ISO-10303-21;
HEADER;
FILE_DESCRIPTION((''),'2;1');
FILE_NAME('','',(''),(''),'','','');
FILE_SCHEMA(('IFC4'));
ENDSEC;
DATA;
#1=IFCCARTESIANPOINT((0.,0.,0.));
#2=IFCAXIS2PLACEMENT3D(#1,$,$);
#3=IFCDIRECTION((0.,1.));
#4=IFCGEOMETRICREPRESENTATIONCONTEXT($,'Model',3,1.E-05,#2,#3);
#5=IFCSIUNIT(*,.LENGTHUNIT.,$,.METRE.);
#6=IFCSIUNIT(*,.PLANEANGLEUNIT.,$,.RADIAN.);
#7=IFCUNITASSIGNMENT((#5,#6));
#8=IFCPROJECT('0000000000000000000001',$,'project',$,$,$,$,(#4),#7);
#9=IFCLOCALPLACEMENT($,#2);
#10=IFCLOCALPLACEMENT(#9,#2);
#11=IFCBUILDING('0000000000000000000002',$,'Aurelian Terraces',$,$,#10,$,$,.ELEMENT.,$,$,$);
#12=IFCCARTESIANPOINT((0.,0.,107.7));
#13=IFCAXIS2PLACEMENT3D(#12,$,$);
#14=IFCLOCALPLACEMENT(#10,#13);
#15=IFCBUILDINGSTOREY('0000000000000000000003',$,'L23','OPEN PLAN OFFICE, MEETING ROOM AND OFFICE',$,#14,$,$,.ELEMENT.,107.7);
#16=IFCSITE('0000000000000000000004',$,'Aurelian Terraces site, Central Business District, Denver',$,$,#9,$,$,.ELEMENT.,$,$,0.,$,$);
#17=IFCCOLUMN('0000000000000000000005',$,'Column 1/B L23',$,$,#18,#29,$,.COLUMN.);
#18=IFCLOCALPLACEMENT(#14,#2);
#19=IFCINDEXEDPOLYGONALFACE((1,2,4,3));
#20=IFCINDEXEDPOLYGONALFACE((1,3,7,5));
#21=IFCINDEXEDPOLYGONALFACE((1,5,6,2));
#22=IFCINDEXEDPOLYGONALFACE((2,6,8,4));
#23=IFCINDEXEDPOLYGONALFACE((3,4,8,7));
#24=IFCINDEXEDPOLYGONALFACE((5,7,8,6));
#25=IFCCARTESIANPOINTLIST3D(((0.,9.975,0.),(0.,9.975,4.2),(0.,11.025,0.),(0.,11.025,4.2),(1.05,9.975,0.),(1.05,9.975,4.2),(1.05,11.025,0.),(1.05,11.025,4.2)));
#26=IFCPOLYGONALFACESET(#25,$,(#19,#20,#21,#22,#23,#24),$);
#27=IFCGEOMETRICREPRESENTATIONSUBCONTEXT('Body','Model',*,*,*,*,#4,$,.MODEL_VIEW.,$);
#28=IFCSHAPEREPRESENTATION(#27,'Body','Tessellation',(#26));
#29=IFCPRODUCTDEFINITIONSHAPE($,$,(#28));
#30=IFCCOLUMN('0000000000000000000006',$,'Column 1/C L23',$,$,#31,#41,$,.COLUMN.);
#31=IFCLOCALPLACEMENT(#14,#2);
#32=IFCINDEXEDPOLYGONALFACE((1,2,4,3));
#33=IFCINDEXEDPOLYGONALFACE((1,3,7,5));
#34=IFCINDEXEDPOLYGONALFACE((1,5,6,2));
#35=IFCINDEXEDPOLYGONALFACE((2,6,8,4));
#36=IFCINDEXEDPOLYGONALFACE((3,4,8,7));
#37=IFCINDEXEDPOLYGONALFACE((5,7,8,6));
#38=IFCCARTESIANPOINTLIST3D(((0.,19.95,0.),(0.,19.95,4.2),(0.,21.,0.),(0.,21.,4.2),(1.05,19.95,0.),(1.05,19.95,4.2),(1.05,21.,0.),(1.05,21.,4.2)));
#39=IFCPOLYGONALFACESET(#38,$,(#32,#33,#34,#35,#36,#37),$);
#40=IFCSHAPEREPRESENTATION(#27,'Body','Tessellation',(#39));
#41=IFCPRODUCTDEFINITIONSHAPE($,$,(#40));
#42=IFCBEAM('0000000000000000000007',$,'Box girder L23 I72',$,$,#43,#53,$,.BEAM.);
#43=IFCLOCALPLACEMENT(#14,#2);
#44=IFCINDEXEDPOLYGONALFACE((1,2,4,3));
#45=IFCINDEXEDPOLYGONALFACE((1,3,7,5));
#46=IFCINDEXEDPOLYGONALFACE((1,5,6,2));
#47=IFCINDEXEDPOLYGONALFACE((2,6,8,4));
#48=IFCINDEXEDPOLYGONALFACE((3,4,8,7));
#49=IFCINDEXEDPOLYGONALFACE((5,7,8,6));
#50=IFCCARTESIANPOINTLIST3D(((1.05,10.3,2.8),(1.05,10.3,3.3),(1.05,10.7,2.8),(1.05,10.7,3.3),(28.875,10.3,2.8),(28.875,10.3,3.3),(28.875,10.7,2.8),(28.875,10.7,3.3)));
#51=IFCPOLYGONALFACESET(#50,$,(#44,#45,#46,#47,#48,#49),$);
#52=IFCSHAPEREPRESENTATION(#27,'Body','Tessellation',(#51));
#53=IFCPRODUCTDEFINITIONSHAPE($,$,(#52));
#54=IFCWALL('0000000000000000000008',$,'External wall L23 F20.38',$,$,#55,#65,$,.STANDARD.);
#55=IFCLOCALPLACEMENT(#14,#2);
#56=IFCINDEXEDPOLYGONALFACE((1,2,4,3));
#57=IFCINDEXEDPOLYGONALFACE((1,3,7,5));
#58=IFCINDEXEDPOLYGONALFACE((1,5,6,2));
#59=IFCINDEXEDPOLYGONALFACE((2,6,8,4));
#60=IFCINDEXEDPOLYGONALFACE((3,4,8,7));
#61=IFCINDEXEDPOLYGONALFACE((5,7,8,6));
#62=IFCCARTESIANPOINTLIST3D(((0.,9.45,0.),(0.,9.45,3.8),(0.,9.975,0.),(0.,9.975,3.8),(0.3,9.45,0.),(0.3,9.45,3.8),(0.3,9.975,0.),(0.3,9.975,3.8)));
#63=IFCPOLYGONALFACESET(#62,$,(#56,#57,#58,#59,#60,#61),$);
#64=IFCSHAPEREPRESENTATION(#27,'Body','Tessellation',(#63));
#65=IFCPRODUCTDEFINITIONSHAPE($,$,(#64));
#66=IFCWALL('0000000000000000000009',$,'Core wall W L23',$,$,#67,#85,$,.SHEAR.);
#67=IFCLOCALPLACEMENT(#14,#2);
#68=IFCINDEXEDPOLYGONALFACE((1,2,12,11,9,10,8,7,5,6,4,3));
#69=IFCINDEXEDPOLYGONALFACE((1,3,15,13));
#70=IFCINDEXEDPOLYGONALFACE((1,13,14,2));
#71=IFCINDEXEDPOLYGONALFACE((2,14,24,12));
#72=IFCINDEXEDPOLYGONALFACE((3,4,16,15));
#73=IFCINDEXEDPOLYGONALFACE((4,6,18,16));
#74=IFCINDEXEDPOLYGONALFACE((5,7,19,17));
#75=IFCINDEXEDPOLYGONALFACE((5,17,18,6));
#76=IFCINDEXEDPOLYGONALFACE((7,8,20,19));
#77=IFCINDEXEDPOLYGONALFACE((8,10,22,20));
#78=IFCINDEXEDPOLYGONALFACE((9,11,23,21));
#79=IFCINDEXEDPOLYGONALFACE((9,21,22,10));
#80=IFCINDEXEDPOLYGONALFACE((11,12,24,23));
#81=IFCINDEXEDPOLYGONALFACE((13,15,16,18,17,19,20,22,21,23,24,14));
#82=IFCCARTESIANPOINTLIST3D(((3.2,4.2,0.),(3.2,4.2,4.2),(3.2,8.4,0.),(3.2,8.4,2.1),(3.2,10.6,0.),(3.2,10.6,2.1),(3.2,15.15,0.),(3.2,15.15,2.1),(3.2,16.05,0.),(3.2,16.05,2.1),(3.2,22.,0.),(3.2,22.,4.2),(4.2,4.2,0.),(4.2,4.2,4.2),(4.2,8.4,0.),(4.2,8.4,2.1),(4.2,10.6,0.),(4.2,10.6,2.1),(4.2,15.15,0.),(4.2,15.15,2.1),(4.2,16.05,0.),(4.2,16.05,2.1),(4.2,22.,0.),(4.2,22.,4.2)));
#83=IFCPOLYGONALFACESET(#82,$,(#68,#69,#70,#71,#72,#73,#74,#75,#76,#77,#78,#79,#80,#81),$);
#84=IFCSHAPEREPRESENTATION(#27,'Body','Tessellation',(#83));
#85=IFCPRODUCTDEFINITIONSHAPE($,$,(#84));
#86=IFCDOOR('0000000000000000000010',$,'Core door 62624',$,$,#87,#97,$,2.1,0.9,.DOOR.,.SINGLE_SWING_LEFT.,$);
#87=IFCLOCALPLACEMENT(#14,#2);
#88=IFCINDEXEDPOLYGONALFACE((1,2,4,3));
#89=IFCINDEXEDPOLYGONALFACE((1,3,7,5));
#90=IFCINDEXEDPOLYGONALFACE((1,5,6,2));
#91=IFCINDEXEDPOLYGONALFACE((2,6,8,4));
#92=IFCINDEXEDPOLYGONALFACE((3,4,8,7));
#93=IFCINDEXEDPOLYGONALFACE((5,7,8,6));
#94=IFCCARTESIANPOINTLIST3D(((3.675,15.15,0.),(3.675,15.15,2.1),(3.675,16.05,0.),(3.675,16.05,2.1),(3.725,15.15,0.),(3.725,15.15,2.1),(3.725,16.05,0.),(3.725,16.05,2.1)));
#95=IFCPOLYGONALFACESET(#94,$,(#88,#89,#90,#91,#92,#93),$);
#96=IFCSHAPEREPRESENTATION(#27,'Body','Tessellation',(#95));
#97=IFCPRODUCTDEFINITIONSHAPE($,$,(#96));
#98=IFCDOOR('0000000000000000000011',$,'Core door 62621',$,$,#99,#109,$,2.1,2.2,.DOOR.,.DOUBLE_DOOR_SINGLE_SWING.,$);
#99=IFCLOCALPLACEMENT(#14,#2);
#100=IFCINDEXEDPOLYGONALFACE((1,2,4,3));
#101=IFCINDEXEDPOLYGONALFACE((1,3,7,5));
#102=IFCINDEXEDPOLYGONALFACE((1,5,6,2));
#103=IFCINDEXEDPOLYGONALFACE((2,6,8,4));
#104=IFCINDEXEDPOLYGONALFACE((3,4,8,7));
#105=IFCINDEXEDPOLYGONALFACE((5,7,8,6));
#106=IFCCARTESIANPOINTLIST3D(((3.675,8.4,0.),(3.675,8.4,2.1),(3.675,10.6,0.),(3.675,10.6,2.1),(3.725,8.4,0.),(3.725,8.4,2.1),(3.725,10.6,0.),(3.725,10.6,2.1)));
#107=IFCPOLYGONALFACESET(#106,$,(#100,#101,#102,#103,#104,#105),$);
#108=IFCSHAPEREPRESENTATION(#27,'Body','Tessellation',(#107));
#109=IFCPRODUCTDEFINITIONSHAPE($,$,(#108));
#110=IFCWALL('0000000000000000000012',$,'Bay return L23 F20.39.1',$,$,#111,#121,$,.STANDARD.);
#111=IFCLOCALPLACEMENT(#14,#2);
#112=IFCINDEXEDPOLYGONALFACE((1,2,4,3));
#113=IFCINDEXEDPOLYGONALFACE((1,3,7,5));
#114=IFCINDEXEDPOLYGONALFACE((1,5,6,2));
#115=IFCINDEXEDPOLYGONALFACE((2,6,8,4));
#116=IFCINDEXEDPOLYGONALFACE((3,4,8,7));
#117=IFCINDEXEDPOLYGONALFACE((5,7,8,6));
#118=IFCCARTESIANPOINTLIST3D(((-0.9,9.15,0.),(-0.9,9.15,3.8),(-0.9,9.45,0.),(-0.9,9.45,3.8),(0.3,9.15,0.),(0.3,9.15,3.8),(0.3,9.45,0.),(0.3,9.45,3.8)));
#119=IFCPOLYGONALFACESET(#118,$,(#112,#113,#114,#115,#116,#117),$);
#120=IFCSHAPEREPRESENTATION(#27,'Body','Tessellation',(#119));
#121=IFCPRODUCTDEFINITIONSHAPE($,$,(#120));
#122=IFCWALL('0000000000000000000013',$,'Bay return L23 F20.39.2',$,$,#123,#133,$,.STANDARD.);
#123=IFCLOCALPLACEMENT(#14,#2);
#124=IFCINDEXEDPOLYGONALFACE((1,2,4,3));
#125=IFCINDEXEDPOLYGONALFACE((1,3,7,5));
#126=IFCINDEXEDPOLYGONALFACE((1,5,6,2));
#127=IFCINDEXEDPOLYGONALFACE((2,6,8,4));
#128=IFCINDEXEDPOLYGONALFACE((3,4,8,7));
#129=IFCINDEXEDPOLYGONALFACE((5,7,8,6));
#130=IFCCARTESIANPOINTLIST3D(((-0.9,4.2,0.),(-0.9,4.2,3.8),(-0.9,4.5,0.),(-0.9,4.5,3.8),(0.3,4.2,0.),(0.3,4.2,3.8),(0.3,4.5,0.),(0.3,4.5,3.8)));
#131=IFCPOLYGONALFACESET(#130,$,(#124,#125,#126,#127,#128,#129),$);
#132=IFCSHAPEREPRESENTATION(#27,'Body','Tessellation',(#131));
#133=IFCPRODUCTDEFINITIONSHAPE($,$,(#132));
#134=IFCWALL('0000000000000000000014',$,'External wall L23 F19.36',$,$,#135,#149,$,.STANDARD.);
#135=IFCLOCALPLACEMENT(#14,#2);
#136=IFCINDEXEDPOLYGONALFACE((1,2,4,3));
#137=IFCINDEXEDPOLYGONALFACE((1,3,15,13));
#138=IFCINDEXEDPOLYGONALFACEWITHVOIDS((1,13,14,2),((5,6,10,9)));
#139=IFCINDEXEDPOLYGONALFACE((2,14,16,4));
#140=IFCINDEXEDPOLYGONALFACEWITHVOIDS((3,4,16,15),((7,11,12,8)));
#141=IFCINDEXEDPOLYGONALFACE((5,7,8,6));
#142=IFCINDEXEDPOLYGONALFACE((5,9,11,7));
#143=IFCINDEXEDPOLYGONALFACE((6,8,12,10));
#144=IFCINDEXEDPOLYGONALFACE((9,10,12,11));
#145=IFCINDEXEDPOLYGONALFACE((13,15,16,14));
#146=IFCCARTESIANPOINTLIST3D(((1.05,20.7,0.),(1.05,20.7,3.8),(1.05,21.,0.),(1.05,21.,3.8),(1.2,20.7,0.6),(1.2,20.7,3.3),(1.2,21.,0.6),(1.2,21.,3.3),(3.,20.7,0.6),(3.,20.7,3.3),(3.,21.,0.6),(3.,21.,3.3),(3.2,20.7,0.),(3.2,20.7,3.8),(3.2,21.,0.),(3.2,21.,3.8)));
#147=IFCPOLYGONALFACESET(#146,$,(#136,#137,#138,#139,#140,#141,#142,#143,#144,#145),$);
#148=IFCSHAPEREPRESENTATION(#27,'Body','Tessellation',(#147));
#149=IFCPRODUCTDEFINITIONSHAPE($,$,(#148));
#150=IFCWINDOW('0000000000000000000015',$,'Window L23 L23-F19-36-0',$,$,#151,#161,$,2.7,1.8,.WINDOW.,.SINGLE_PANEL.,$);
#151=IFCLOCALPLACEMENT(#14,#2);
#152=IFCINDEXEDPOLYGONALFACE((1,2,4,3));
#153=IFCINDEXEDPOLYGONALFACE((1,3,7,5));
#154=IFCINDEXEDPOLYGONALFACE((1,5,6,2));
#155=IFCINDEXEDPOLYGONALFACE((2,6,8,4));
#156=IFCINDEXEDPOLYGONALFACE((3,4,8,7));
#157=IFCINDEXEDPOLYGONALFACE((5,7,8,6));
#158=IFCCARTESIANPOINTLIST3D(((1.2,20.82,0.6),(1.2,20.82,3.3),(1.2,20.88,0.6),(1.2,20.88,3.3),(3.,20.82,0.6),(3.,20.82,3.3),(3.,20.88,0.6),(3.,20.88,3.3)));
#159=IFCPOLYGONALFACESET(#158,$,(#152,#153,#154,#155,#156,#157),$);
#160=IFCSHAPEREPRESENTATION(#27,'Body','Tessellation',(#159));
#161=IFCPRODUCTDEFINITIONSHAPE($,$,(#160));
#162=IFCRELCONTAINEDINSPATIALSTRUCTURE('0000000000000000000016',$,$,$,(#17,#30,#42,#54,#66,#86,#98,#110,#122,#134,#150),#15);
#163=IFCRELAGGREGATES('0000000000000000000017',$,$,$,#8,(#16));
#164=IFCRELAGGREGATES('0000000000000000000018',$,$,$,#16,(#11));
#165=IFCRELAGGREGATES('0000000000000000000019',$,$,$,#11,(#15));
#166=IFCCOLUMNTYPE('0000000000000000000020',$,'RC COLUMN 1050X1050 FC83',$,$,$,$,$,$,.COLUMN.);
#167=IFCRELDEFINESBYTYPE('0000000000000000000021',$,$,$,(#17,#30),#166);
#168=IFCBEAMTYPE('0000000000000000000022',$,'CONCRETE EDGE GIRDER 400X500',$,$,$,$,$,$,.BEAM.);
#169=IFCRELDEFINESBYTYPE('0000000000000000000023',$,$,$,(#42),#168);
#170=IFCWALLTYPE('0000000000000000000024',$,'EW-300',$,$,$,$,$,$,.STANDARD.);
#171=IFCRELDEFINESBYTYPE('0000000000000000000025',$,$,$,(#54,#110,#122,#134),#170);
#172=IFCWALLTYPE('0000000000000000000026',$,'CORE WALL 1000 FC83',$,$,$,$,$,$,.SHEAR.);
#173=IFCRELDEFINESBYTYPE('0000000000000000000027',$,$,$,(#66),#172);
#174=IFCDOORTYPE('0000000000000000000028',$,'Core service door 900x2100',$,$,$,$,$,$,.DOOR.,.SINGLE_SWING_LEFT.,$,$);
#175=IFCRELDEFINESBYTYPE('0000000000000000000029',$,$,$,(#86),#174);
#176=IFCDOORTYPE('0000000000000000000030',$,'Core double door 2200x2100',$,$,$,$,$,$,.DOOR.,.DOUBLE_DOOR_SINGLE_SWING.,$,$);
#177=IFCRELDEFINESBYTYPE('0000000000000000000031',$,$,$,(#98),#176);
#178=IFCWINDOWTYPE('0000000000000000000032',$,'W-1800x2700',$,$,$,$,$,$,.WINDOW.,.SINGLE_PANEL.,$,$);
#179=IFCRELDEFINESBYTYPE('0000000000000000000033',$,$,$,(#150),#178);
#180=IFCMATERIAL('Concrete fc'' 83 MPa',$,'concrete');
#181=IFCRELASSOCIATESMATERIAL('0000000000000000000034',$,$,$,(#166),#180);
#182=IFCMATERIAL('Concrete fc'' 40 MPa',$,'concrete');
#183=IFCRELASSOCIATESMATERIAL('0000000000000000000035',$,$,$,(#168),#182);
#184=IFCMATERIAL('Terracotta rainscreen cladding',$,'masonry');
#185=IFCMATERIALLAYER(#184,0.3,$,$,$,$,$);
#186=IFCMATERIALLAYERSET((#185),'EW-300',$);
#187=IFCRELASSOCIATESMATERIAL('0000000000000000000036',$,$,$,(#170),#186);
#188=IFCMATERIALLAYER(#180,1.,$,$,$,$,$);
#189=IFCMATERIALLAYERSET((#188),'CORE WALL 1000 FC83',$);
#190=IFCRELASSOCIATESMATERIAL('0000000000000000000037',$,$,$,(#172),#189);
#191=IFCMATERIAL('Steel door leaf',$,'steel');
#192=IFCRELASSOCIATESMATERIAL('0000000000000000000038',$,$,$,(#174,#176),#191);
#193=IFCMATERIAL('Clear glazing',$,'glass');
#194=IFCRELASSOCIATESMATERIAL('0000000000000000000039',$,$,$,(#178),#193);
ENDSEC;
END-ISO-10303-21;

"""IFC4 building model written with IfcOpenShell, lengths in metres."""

from ifc_helpers import new_model, si_unit, direction, frame, frame_2d, origin, origin_2d, place, context, subcontext, project, spatial, rectangle, extrude, source, transform, mapped, material, layer, layer_set, material_profile, profile_set, type_object, element, fill, save


model = new_model("IFC4")

# Units and contexts
model_context = context("Model", 3, precision=1e-05, world=origin(), true_north=direction((0.0, 1.0)))
body_context = subcontext(model_context, "Body", "Model", "MODEL_VIEW")
ifc_project = project(units=[si_unit("LENGTHUNIT", "METRE"), si_unit("PLANEANGLEUNIT", "RADIAN")], contexts=[model_context])

# Site, building, storey
site_placement = place(None, origin())
site = spatial("IfcSite", under=ifc_project, at=site_placement, Name="Aurelian Terraces site, Central Business District, Denver", CompositionType="ELEMENT", RefElevation=0.0)
building_placement = place(site_placement, origin())
building = spatial("IfcBuilding", under=site, at=building_placement, Name="Aurelian Terraces", CompositionType="ELEMENT")
storey_placement = place(building_placement, frame((0.0, 0.0, 107.7)))
storey = spatial("IfcBuildingStorey", under=building, at=storey_placement, Name="L23", Description="OPEN PLAN OFFICE, MEETING ROOM AND OFFICE", CompositionType="ELEMENT", Elevation=107.7)

# Columns
ifc_material_1 = material(Name="Concrete fc' 83 MPa", Category="concrete")
ifc_material_profile_1 = material_profile(ifc_material_1, rectangle(XDim=1.05, YDim=1.05, at=origin_2d()))
ifc_profile_set_1 = profile_set([ifc_material_profile_1], Name="Concrete fc' 83 MPa")
column_type = type_object("IfcColumnType", Name="RC COLUMN 1050X1050 FC83", PredefinedType="COLUMN", material=ifc_profile_set_1)
shared_shape_1 = source(origin(), body_context, "Body", "SweptSolid", [
    extrude(rectangle(XDim=1.05, YDim=1.05, at=origin_2d()), origin(), (0.0, 0.0, 1.0), 4.2),
])
for number, where, z_axis, x_axis, name in (
    (1, (0.525, 10.5, 0.0), (0.0, 0.0, 1.0), (1.0, 0.0, 0.0), "Column 1/B L23"),
    (2, (0.525, 20.475, 0.0), (0.0, 0.0, 1.0), (1.0, 0.0, 0.0), "Column 1/C L23"),
):
    element("IfcColumn", number, at=place(storey_placement, frame(where, z_axis=z_axis, x_axis=x_axis)), inside=storey, type_object=column_type, Name=name, PredefinedType="COLUMN", context=body_context, shape_type="MappedRepresentation", body=[
        mapped(shared_shape_1, transform((0.0, 0.0, 0.0), scale=1.0)),
    ])

# Beam
ifc_material_2 = material(Name="Concrete fc' 40 MPa", Category="concrete")
ifc_material_profile_2 = material_profile(ifc_material_2, rectangle(XDim=0.4, YDim=0.5, at=origin_2d()))
ifc_profile_set_2 = profile_set([ifc_material_profile_2], Name="Concrete fc' 40 MPa")
beam_type = type_object("IfcBeamType", Name="CONCRETE EDGE GIRDER 400X500", PredefinedType="BEAM", material=ifc_profile_set_2)
shared_shape_2 = source(origin(), body_context, "Body", "SweptSolid", [
    extrude(rectangle(XDim=0.4, YDim=0.5, at=origin_2d()), origin(), (0.0, 0.0, 1.0), 27.825),
])
beam_placement = place(storey_placement, frame((1.05, 10.5, 3.05), z_axis=(1.0, 0.0, 0.0), x_axis=(0.0, 1.0, 0.0)))
element("IfcBeam", 3, at=beam_placement, inside=storey, type_object=beam_type, Name="Box girder L23 I72", PredefinedType="BEAM", context=body_context, shape_type="MappedRepresentation", body=[
    mapped(shared_shape_2, transform((0.0, 0.0, 0.0), scale=1.0)),
])

# Wall
ifc_material_3 = material(Name="Terracotta rainscreen cladding", Category="masonry")
ifc_layer_1 = layer(ifc_material_3, 0.3)
ifc_layer_set_1 = layer_set([ifc_layer_1], Name="EW-300")
wall_type_1 = type_object("IfcWallType", Name="EW-300", PredefinedType="STANDARD", material=ifc_layer_set_1)
wall_1_placement = place(storey_placement, frame((0.15, 9.975, 0.0), z_axis=(0.0, 0.0, 1.0), x_axis=(0.0, -1.0, 0.0)))
element("IfcWall", 4, at=wall_1_placement, inside=storey, type_object=wall_type_1, Name="External wall L23 F20.38", PredefinedType="STANDARD", context=body_context, shape_type="SweptSolid", body=[
    extrude(rectangle(XDim=0.525, YDim=0.3, at=frame_2d((0.2625, 0.0))), origin(), (0.0, 0.0, 1.0), 3.8),
])

# Wall, openings, doors
ifc_layer_2 = layer(ifc_material_1, 1.0)
ifc_layer_set_2 = layer_set([ifc_layer_2], Name="CORE WALL 1000 FC83")
wall_type_2 = type_object("IfcWallType", Name="CORE WALL 1000 FC83", PredefinedType="SHEAR", material=ifc_layer_set_2)
shared_shape_3 = source(origin(), body_context, "Body", "SweptSolid", [
    extrude(rectangle(XDim=17.8, YDim=1.0, at=frame_2d((8.9, 0.0))), origin(), (0.0, 0.0, 1.0), 4.2),
])
wall_2_placement = place(storey_placement, frame((3.7, 4.2, 0.0), z_axis=(0.0, 0.0, 1.0), x_axis=(0.0, 1.0, 0.0)))
wall_2 = element("IfcWall", 5, at=wall_2_placement, inside=storey, type_object=wall_type_2, Name="Core wall W L23", PredefinedType="SHEAR", context=body_context, shape_type="MappedRepresentation", body=[
    mapped(shared_shape_3, transform((0.0, 0.0, 0.0), scale=1.0)),
])
shared_shape_4 = source(origin(), body_context, "Body", "SweptSolid", [
    extrude(rectangle(XDim=2.2, YDim=2.1, at=frame_2d((1.1, 1.05))), frame((0.0, 0.51, 0.0), z_axis=(0.0, -1.0, 0.0), x_axis=(1.0, 0.0, 0.0)), (0.0, 0.0, 1.0), 1.02),
])
opening_1_placement = place(wall_2_placement, frame((4.2, 0.0, 0.0)))
opening_1 = element("IfcOpeningElement", 6, at=opening_1_placement, cuts=wall_2, PredefinedType="OPENING", context=body_context, shape_type="MappedRepresentation", body=[
    mapped(shared_shape_4, transform((0.0, 0.0, 0.0), scale=1.0)),
])
shared_shape_5 = source(origin(), body_context, "Body", "SweptSolid", [
    extrude(rectangle(XDim=0.9, YDim=2.1, at=frame_2d((0.45, 1.05))), frame((0.0, 0.51, 0.0), z_axis=(0.0, -1.0, 0.0), x_axis=(1.0, 0.0, 0.0)), (0.0, 0.0, 1.0), 1.02),
])
opening_2_placement = place(wall_2_placement, frame((10.95, 0.0, 0.0)))
opening_2 = element("IfcOpeningElement", 7, at=opening_2_placement, cuts=wall_2, PredefinedType="OPENING", context=body_context, shape_type="MappedRepresentation", body=[
    mapped(shared_shape_5, transform((0.0, 0.0, 0.0), scale=1.0)),
])
ifc_material_4 = material(Name="Steel door leaf", Category="steel")
door_type_1 = type_object("IfcDoorType", Name="Core service door 900x2100", OperationType="SINGLE_SWING_LEFT", PredefinedType="DOOR", material=ifc_material_4)
shared_shape_6 = source(origin(), body_context, "Body", "SweptSolid", [
    extrude(rectangle(XDim=0.9, YDim=2.1, at=frame_2d((0.45, 1.05))), frame((0.0, 0.025, 0.0), z_axis=(0.0, -1.0, 0.0), x_axis=(1.0, 0.0, 0.0)), (0.0, 0.0, 1.0), 0.05),
])
door_1_placement = place(opening_2_placement, origin())
door_1 = element("IfcDoor", 8, at=door_1_placement, inside=storey, type_object=door_type_1, Name="Core door 62624", OperationType="SINGLE_SWING_LEFT", OverallHeight=2.1, OverallWidth=0.9, PredefinedType="DOOR", context=body_context, shape_type="MappedRepresentation", body=[
    mapped(shared_shape_6, transform((0.0, 0.0, 0.0), scale=1.0)),
])
fill(opening_2, door_1)
door_type_2 = type_object("IfcDoorType", Name="Core double door 2200x2100", OperationType="DOUBLE_DOOR_SINGLE_SWING", PredefinedType="DOOR", material=ifc_material_4)
shared_shape_7 = source(origin(), body_context, "Body", "SweptSolid", [
    extrude(rectangle(XDim=2.2, YDim=2.1, at=frame_2d((1.1, 1.05))), frame((0.0, 0.025, 0.0), z_axis=(0.0, -1.0, 0.0), x_axis=(1.0, 0.0, 0.0)), (0.0, 0.0, 1.0), 0.05),
])
door_2_placement = place(opening_1_placement, origin())
door_2 = element("IfcDoor", 9, at=door_2_placement, inside=storey, type_object=door_type_2, Name="Core door 62621", OperationType="DOUBLE_DOOR_SINGLE_SWING", OverallHeight=2.1, OverallWidth=2.2, PredefinedType="DOOR", context=body_context, shape_type="MappedRepresentation", body=[
    mapped(shared_shape_7, transform((0.0, 0.0, 0.0), scale=1.0)),
])
fill(opening_1, door_2)

# Walls
shared_shape_8 = source(origin(), body_context, "Body", "SweptSolid", [
    extrude(rectangle(XDim=1.2, YDim=0.3, at=frame_2d((0.6, 0.0))), origin(), (0.0, 0.0, 1.0), 3.8),
])
for number, where, z_axis, x_axis, name in (
    (10, (0.3, 9.3, 0.0), (0.0, 0.0, 1.0), (-1.0, 0.0, 0.0), "Bay return L23 F20.39.1"),
    (11, (0.3, 4.35, 0.0), (0.0, 0.0, 1.0), (-1.0, 0.0, 0.0), "Bay return L23 F20.39.2"),
):
    element("IfcWall", number, at=place(storey_placement, frame(where, z_axis=z_axis, x_axis=x_axis)), inside=storey, type_object=wall_type_1, Name=name, PredefinedType="STANDARD", context=body_context, shape_type="MappedRepresentation", body=[
        mapped(shared_shape_8, transform((0.0, 0.0, 0.0), scale=1.0)),
    ])

# Wall, opening, window
shared_shape_9 = source(origin(), body_context, "Body", "SweptSolid", [
    extrude(rectangle(XDim=2.15, YDim=0.3, at=frame_2d((1.075, 0.0))), origin(), (0.0, 0.0, 1.0), 3.8),
])
wall_3_placement = place(storey_placement, frame((3.2, 20.85, 0.0), z_axis=(0.0, 0.0, 1.0), x_axis=(-1.0, 0.0, 0.0)))
wall_3 = element("IfcWall", 12, at=wall_3_placement, inside=storey, type_object=wall_type_1, Name="External wall L23 F19.36", PredefinedType="STANDARD", context=body_context, shape_type="MappedRepresentation", body=[
    mapped(shared_shape_9, transform((0.0, 0.0, 0.0), scale=1.0)),
])
shared_shape_10 = source(origin(), body_context, "Body", "SweptSolid", [
    extrude(rectangle(XDim=1.8, YDim=2.7, at=frame_2d((0.9, 1.35))), frame((0.0, 0.16, 0.0), z_axis=(0.0, -1.0, 0.0), x_axis=(1.0, 0.0, 0.0)), (0.0, 0.0, 1.0), 0.32),
])
opening_3_placement = place(wall_3_placement, frame((0.2, 0.0, 0.6)))
opening_3 = element("IfcOpeningElement", 13, at=opening_3_placement, cuts=wall_3, PredefinedType="OPENING", context=body_context, shape_type="MappedRepresentation", body=[
    mapped(shared_shape_10, transform((0.0, 0.0, 0.0), scale=1.0)),
])
ifc_material_5 = material(Name="Clear glazing", Category="glass")
window_type_1 = type_object("IfcWindowType", Name="W-1800x2700", PartitioningType="SINGLE_PANEL", PredefinedType="WINDOW", material=ifc_material_5)
shared_shape_11 = source(origin(), body_context, "Body", "SweptSolid", [
    extrude(rectangle(XDim=1.8, YDim=2.7, at=frame_2d((0.9, 1.35))), frame((0.0, 0.03, 0.0), z_axis=(0.0, -1.0, 0.0), x_axis=(1.0, 0.0, 0.0)), (0.0, 0.0, 1.0), 0.06),
])
window_1_placement = place(opening_3_placement, origin())
window_1 = element("IfcWindow", 14, at=window_1_placement, inside=storey, type_object=window_type_1, Name="Window L23 L23-F19-36-0", OverallHeight=2.7, OverallWidth=1.8, PartitioningType="SINGLE_PANEL", PredefinedType="WINDOW", context=body_context, shape_type="MappedRepresentation", body=[
    mapped(shared_shape_11, transform((0.0, 0.0, 0.0), scale=1.0)),
])
fill(opening_3, window_1)

save(model, "model.ifc")
